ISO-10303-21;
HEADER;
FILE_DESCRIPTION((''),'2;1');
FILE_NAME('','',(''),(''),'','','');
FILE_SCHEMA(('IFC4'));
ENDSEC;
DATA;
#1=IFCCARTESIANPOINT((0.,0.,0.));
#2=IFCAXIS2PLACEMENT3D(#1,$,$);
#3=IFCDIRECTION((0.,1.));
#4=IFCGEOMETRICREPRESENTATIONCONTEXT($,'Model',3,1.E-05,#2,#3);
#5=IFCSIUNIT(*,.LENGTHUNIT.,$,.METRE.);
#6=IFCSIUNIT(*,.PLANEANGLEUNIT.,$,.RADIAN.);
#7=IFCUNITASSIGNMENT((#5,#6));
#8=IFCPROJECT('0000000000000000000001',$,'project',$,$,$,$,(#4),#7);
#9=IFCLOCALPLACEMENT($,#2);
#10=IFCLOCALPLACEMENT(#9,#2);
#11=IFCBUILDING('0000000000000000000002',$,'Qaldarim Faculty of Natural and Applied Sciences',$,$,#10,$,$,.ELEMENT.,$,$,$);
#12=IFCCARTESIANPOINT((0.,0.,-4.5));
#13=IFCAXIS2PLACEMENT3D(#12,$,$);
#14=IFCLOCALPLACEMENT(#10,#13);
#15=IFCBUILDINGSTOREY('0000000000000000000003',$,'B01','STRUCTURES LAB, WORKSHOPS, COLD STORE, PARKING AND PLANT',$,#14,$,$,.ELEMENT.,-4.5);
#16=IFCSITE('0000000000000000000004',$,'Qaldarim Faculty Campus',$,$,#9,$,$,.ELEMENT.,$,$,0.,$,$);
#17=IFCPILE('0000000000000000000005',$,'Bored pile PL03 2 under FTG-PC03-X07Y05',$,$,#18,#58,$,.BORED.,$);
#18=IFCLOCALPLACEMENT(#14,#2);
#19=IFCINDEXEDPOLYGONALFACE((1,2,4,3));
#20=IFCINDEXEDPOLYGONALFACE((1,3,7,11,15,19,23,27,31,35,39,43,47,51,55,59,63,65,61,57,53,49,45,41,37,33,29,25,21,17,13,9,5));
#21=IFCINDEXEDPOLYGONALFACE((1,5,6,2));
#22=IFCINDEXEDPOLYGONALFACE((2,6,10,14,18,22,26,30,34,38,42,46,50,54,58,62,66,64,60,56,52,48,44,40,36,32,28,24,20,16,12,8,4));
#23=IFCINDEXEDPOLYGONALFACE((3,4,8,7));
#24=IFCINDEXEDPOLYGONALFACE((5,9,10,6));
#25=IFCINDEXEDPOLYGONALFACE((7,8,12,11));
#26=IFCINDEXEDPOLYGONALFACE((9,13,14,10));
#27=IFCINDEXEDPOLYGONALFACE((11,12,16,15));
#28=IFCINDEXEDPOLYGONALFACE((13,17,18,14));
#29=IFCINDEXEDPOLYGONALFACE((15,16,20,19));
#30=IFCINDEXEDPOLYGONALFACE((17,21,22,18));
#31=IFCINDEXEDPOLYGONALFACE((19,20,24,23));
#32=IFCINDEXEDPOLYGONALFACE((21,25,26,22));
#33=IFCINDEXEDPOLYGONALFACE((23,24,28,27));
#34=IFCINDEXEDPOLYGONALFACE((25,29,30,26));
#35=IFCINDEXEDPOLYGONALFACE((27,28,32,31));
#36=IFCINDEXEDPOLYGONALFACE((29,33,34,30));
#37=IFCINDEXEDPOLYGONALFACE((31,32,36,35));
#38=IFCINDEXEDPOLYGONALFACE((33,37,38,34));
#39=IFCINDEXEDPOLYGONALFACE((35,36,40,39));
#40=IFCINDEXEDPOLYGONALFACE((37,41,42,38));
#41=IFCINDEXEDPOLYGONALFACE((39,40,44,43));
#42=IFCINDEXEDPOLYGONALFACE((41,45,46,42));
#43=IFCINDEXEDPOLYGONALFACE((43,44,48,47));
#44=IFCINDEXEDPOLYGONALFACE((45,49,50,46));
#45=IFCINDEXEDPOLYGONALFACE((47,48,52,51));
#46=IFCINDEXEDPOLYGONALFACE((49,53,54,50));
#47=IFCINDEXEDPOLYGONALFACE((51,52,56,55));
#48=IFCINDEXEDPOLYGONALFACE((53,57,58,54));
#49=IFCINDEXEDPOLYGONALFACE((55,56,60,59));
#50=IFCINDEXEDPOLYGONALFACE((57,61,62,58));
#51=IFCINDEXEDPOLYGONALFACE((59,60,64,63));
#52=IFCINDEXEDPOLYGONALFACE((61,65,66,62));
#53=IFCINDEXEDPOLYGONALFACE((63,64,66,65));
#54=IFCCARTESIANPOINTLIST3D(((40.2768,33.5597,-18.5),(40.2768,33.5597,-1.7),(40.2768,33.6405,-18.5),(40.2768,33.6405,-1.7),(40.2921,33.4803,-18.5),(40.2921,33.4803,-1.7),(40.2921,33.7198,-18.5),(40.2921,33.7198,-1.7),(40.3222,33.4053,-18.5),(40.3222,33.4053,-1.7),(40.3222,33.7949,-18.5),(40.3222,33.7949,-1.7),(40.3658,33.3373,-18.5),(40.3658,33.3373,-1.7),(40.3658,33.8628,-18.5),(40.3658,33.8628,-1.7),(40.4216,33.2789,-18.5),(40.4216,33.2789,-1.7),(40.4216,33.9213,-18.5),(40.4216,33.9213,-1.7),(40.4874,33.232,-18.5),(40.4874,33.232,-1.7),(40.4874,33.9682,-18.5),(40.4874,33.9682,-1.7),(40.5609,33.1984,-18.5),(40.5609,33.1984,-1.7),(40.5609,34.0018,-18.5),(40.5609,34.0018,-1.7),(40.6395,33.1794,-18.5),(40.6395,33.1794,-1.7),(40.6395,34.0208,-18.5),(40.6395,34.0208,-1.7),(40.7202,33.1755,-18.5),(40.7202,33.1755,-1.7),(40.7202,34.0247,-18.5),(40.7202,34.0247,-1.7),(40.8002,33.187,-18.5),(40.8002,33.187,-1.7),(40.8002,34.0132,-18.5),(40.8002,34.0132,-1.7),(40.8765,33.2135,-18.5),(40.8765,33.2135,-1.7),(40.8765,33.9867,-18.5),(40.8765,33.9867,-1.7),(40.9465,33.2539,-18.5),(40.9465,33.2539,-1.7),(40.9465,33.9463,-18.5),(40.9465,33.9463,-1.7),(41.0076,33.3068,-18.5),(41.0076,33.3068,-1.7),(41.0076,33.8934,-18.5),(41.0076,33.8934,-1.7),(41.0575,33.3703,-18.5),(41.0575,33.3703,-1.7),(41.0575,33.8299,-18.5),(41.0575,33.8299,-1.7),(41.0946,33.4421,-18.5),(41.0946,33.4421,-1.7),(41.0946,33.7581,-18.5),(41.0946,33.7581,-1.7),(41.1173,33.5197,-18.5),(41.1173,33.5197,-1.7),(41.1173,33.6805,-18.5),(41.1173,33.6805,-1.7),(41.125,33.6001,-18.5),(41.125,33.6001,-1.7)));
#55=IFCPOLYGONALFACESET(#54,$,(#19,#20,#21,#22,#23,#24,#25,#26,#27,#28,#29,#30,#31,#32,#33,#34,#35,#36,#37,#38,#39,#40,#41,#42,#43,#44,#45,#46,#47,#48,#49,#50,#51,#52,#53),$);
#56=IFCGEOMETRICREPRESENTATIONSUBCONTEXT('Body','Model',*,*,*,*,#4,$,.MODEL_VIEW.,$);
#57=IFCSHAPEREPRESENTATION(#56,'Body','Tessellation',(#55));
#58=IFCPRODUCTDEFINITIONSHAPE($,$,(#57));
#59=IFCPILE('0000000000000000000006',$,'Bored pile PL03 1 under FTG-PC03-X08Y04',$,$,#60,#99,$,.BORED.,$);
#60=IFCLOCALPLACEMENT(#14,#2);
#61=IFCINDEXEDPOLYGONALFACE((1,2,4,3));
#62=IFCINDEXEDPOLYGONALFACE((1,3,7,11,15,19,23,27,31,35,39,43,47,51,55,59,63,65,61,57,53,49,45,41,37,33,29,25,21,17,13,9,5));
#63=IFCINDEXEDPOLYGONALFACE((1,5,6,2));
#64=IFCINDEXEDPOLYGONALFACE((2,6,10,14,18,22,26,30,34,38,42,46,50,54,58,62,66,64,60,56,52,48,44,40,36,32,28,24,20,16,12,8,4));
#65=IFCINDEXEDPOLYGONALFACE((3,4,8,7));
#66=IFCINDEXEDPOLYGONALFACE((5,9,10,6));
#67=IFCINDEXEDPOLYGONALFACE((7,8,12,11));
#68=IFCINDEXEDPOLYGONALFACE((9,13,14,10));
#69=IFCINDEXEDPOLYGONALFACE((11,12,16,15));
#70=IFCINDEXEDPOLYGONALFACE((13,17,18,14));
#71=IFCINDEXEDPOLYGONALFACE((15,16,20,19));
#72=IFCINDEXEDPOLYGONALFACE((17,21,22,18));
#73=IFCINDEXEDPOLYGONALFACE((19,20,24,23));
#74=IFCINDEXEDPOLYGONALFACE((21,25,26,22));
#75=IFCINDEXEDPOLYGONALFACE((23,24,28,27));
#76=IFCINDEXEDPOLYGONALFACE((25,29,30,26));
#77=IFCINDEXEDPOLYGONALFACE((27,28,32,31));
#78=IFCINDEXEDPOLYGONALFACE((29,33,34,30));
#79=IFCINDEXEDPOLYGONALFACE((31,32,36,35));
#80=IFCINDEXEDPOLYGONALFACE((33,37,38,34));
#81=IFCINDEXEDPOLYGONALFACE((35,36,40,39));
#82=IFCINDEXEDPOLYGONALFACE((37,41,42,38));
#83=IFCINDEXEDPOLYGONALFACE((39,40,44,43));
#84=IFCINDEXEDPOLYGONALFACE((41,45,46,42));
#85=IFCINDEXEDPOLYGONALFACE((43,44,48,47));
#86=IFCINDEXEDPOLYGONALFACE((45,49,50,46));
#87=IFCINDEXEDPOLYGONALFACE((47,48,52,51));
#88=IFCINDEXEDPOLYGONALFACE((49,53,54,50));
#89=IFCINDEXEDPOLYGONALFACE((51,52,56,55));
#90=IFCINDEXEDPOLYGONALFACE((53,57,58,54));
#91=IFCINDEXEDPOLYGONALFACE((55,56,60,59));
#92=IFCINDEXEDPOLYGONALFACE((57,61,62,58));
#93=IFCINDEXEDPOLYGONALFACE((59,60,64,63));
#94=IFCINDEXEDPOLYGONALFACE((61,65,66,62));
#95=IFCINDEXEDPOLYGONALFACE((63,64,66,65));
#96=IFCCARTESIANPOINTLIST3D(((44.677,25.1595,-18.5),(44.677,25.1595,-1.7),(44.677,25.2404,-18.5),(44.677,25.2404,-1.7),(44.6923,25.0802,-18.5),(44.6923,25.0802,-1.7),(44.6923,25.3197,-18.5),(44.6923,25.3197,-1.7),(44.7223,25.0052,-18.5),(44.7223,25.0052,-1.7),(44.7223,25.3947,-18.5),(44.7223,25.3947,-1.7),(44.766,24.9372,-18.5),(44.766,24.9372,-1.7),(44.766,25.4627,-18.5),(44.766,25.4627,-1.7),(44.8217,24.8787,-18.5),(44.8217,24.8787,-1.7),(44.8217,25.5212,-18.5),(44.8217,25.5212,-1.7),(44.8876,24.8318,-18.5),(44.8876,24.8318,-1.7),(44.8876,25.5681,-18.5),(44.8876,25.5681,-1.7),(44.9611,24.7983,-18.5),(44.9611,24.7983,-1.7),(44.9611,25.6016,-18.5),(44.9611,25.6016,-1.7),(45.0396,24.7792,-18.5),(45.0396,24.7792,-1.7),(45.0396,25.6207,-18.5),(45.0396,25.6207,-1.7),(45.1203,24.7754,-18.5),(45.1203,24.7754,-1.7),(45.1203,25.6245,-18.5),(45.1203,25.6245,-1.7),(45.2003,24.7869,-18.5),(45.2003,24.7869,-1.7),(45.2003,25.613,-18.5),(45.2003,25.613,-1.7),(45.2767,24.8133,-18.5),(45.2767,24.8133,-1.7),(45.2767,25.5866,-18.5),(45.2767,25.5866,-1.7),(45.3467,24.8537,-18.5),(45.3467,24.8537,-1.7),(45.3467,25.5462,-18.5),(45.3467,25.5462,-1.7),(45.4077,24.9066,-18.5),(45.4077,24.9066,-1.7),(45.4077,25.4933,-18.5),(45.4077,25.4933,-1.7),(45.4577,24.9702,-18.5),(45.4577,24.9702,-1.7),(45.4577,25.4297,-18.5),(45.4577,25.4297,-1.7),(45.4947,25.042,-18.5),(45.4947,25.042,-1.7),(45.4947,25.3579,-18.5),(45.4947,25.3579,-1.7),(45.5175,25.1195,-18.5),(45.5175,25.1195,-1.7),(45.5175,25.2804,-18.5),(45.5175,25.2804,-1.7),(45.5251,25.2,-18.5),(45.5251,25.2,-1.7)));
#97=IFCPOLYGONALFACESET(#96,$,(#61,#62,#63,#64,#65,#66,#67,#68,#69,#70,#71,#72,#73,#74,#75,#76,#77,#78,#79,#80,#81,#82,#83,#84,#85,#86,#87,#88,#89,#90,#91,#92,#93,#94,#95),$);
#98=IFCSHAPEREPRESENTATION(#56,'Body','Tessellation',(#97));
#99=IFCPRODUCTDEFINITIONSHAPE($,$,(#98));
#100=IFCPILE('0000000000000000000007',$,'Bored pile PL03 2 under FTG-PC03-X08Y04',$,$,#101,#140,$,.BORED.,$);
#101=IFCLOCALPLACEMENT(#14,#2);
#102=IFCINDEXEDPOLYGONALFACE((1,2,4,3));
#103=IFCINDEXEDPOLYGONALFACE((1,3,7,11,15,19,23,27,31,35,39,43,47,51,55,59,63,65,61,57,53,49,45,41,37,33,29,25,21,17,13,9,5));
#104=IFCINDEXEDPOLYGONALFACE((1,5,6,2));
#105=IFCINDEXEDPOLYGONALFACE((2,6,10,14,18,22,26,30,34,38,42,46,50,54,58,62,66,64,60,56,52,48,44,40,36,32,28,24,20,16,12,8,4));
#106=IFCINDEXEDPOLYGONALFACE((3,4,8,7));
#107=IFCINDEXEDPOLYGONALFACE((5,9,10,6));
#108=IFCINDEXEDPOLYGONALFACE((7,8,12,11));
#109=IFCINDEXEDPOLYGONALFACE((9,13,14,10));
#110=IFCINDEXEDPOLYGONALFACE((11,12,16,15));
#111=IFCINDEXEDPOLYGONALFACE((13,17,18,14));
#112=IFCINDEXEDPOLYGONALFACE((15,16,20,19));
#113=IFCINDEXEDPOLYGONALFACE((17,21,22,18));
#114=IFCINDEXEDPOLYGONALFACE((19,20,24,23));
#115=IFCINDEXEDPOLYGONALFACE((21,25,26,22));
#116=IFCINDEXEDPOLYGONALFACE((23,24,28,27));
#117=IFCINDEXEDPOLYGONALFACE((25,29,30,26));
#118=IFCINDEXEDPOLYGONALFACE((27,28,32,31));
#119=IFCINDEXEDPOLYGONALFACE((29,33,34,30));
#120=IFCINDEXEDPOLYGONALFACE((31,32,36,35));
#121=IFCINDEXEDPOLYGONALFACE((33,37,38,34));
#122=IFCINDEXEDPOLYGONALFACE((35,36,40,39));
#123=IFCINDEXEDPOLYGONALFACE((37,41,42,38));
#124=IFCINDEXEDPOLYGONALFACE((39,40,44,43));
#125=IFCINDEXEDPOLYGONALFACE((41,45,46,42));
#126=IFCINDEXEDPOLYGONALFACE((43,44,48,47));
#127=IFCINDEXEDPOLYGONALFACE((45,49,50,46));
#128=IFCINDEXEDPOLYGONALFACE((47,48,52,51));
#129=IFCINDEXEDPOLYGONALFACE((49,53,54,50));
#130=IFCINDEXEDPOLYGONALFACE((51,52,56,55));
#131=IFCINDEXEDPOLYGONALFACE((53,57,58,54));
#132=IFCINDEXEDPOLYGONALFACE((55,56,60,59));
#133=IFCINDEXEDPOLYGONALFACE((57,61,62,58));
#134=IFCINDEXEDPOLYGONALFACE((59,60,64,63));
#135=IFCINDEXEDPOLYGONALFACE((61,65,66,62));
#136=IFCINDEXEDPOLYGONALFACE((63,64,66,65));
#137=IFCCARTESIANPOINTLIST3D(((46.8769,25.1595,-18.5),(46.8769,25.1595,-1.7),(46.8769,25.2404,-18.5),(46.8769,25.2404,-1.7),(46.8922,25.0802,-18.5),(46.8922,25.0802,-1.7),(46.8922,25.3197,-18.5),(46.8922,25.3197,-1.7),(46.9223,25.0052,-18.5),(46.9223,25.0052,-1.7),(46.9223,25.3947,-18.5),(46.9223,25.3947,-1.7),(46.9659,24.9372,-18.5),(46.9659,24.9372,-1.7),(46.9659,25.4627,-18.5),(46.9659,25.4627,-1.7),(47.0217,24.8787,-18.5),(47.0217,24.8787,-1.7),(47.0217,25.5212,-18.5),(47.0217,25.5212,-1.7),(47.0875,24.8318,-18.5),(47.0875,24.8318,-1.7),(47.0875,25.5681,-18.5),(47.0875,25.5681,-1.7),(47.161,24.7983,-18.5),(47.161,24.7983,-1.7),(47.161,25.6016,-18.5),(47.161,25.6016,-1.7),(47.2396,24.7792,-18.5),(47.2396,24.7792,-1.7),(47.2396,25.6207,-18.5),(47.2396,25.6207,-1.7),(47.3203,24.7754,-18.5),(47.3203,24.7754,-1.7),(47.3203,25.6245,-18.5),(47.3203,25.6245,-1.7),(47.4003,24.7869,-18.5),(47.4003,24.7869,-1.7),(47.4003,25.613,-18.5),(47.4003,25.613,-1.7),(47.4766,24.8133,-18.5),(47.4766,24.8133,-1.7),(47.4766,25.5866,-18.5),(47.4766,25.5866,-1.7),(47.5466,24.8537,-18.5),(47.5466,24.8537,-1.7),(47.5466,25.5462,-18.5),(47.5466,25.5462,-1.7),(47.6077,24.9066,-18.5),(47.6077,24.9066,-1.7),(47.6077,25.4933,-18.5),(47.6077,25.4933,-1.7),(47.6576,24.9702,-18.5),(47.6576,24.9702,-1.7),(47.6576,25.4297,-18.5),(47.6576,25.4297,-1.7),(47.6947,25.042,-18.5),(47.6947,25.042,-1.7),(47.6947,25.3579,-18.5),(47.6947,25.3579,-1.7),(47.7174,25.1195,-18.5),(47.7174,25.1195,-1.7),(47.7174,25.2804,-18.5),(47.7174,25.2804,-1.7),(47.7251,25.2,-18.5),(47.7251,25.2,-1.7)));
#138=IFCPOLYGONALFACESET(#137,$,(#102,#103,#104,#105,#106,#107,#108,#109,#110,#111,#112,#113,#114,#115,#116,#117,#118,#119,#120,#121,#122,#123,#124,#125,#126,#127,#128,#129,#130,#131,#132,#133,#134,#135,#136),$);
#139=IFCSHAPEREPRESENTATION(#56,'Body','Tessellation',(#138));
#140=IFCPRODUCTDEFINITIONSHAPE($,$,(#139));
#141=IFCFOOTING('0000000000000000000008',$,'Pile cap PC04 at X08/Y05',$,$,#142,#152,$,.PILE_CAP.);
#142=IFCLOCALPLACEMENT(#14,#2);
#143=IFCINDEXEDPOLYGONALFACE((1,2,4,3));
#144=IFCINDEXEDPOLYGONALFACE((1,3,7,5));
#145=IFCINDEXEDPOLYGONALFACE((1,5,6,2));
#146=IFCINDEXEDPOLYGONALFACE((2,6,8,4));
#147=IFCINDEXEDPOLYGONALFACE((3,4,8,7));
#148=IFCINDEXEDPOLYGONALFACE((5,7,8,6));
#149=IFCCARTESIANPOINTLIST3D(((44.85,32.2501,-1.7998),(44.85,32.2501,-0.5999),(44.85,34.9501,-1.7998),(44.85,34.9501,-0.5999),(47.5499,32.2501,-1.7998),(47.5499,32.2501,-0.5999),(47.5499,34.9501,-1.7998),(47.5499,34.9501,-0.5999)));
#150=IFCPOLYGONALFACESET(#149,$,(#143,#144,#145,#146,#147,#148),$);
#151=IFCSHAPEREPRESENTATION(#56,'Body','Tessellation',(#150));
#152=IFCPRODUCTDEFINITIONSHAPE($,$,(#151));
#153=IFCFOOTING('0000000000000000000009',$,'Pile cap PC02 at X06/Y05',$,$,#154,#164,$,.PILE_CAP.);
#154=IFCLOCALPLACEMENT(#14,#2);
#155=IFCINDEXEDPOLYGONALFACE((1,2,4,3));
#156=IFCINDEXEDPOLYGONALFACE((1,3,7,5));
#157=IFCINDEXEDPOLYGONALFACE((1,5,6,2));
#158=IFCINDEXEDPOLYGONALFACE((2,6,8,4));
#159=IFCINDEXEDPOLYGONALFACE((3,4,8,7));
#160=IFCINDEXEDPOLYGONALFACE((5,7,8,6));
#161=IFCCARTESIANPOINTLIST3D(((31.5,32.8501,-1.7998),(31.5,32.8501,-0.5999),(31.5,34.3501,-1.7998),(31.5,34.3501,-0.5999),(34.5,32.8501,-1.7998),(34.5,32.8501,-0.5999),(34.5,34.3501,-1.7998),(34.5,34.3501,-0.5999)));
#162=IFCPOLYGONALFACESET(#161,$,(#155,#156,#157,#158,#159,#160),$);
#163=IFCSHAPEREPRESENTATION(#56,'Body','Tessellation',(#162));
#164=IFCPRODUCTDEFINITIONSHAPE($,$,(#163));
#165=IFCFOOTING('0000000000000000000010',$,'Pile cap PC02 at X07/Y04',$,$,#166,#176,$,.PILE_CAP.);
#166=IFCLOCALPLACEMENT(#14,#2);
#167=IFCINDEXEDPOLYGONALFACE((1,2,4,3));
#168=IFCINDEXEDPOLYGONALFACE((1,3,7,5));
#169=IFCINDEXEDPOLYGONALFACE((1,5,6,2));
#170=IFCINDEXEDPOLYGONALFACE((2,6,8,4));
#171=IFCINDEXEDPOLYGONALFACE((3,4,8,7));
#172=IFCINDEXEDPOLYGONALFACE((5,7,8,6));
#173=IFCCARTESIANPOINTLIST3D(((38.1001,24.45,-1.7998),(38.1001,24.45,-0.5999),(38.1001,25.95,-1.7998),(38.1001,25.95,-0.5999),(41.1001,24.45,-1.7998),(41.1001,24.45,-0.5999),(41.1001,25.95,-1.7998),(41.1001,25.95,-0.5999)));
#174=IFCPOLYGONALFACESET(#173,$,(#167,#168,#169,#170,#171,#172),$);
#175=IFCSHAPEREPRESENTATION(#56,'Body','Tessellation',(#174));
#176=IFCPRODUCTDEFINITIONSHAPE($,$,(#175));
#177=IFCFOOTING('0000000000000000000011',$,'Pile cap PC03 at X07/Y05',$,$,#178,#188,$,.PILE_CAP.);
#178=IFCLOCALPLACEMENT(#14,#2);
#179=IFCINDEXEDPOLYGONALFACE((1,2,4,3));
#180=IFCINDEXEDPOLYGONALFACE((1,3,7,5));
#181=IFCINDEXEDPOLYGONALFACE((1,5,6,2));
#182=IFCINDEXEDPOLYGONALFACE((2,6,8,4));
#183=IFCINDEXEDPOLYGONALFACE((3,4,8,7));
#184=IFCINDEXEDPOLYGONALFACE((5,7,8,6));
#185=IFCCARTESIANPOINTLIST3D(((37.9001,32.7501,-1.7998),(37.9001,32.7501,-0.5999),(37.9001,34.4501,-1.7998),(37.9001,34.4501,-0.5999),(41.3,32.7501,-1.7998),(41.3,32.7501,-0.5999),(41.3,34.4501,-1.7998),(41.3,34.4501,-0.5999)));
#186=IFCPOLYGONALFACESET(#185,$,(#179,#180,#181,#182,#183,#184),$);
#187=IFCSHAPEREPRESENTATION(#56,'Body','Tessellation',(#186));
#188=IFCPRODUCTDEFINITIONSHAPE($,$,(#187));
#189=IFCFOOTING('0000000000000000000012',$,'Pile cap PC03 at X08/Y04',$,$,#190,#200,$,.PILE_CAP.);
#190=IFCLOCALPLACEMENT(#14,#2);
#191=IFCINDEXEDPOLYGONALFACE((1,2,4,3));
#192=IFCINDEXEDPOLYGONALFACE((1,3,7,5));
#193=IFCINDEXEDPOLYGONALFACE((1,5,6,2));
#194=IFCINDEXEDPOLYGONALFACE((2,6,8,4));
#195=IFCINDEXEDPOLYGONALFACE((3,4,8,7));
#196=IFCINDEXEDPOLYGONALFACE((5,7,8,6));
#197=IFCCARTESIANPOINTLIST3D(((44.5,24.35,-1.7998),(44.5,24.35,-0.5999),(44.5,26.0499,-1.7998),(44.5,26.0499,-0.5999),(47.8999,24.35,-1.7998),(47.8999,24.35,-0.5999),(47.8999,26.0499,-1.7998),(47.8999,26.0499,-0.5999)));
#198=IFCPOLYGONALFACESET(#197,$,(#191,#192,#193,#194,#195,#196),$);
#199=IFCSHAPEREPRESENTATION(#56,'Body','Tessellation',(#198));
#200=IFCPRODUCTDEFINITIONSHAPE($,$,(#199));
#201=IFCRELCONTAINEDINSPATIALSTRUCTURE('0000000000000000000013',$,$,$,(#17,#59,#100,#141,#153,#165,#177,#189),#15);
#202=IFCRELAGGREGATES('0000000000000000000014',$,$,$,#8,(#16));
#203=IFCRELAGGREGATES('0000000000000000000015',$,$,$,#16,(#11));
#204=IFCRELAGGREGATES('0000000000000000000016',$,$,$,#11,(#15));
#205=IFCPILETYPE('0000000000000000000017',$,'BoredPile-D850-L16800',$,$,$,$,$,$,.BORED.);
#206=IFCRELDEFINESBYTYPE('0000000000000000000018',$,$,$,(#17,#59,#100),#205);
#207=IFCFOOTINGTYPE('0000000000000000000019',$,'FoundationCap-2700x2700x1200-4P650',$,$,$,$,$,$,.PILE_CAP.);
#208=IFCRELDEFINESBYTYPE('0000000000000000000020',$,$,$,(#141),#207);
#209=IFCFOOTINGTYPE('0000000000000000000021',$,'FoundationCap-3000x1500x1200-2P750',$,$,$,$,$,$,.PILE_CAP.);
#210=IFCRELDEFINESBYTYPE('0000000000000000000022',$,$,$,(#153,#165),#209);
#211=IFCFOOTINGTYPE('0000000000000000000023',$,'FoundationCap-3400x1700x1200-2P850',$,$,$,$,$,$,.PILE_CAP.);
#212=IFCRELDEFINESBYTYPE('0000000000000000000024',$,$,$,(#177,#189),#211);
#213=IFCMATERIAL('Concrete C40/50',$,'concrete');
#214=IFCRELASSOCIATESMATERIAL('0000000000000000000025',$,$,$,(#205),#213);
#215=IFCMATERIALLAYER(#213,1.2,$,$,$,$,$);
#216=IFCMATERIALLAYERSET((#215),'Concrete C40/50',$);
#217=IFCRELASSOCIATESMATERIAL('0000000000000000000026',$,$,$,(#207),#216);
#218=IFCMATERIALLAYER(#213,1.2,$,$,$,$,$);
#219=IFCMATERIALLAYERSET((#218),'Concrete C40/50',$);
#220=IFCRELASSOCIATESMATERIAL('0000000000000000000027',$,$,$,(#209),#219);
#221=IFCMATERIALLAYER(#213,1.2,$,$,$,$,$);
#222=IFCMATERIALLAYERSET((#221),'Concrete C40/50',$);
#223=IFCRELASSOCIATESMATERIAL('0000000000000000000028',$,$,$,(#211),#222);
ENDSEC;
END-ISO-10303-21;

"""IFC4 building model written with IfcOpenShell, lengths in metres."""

from ifc_helpers import new_model, si_unit, direction, frame, origin, origin_2d, place, context, subcontext, project, spatial, rectangle, circle, extrude, material, layer, layer_set, material_profile, profile_set, type_object, element, save


model = new_model("IFC4")

# Units and contexts
model_context = context("Model", 3, precision=1e-05, world=origin(), true_north=direction((0.0, 1.0)))
body_context = subcontext(model_context, "Body", "Model", "MODEL_VIEW")
ifc_project = project(units=[si_unit("LENGTHUNIT", "METRE"), si_unit("PLANEANGLEUNIT", "RADIAN")], contexts=[model_context])

# Site, building, storey
site_placement = place(None, origin())
site = spatial("IfcSite", under=ifc_project, at=site_placement, Name="Qaldarim Faculty Campus", CompositionType="ELEMENT", RefElevation=0.0)
building_placement = place(site_placement, origin())
building = spatial("IfcBuilding", under=site, at=building_placement, Name="Qaldarim Faculty of Natural and Applied Sciences", CompositionType="ELEMENT")
storey_placement = place(building_placement, frame((0.0, 0.0, -4.5)))
storey = spatial("IfcBuildingStorey", under=building, at=storey_placement, Name="B01", Description="STRUCTURES LAB, WORKSHOPS, COLD STORE, PARKING AND PLANT", CompositionType="ELEMENT", Elevation=-4.5)

# Piles
ifc_material_1 = material(Name="Concrete C40/50", Category="concrete")
ifc_material_profile_1 = material_profile(ifc_material_1, circle(Radius=0.425, at=origin_2d()), Name="PILE-D850")
ifc_profile_set_1 = profile_set([ifc_material_profile_1], Name="Concrete C40/50")
pile_type_1 = type_object("IfcPileType", Name="BoredPile-D850-L16800", PredefinedType="BORED", material=ifc_profile_set_1)
for number, where, z_axis, x_axis, name in (
    (1, (40.7, 33.6001, -1.7), (0.0, 0.0, -1.0), (1.0, 0.0, 0.0), "Bored pile PL03 2 under FTG-PC03-X07Y05"),
    (2, (45.1001, 25.2, -1.7), (0.0, 0.0, -1.0), (1.0, 0.0, 0.0), "Bored pile PL03 1 under FTG-PC03-X08Y04"),
    (3, (47.3, 25.2, -1.7), (0.0, 0.0, -1.0), (1.0, 0.0, 0.0), "Bored pile PL03 2 under FTG-PC03-X08Y04"),
):
    element("IfcPile", number, at=place(storey_placement, frame(where, z_axis=z_axis, x_axis=x_axis)), inside=storey, type_object=pile_type_1, Name=name, PredefinedType="BORED", context=body_context, shape_type="SweptSolid", body=[
        extrude(circle(Radius=0.425, at=origin_2d()), origin(), (0.0, 0.0, 1.0), 16.8),
    ])

# Footings
ifc_layer_1 = layer(ifc_material_1, 1.2)
ifc_layer_set_1 = layer_set([ifc_layer_1], Name="Concrete C40/50")
footing_type_1 = type_object("IfcFootingType", Name="FoundationCap-2700x2700x1200-4P650", PredefinedType="PILE_CAP", material=ifc_layer_set_1)
footing_1_placement = place(storey_placement, frame((46.2, 33.6001, -1.7998), z_axis=(0.0, 0.0, 1.0), x_axis=(1.0, 0.0, 0.0)))
element("IfcFooting", 4, at=footing_1_placement, inside=storey, type_object=footing_type_1, Name="Pile cap PC04 at X08/Y05", PredefinedType="PILE_CAP", context=body_context, shape_type="SweptSolid", body=[
    extrude(rectangle(XDim=2.7, YDim=2.7, at=origin_2d()), origin(), (0.0, 0.0, 1.0), 1.2),
])
ifc_layer_2 = layer(ifc_material_1, 1.2)
ifc_layer_set_2 = layer_set([ifc_layer_2], Name="Concrete C40/50")
footing_type_2 = type_object("IfcFootingType", Name="FoundationCap-3000x1500x1200-2P750", PredefinedType="PILE_CAP", material=ifc_layer_set_2)
for number, where, z_axis, x_axis, name in (
    (5, (33.0, 33.6001, -1.7998), (0.0, 0.0, 1.0), (1.0, 0.0, 0.0), "Pile cap PC02 at X06/Y05"),
    (6, (39.6001, 25.2, -1.7998), (0.0, 0.0, 1.0), (1.0, 0.0, 0.0), "Pile cap PC02 at X07/Y04"),
):
    element("IfcFooting", number, at=place(storey_placement, frame(where, z_axis=z_axis, x_axis=x_axis)), inside=storey, type_object=footing_type_2, Name=name, PredefinedType="PILE_CAP", context=body_context, shape_type="SweptSolid", body=[
        extrude(rectangle(XDim=3.0, YDim=1.5, at=origin_2d()), origin(), (0.0, 0.0, 1.0), 1.2),
    ])
ifc_layer_3 = layer(ifc_material_1, 1.2)
ifc_layer_set_3 = layer_set([ifc_layer_3], Name="Concrete C40/50")
footing_type_3 = type_object("IfcFootingType", Name="FoundationCap-3400x1700x1200-2P850", PredefinedType="PILE_CAP", material=ifc_layer_set_3)
for number, where, z_axis, x_axis, name in (
    (7, (39.6001, 33.6001, -1.7998), (0.0, 0.0, 1.0), (1.0, 0.0, 0.0), "Pile cap PC03 at X07/Y05"),
    (8, (46.2, 25.2, -1.7998), (0.0, 0.0, 1.0), (1.0, 0.0, 0.0), "Pile cap PC03 at X08/Y04"),
):
    element("IfcFooting", number, at=place(storey_placement, frame(where, z_axis=z_axis, x_axis=x_axis)), inside=storey, type_object=footing_type_3, Name=name, PredefinedType="PILE_CAP", context=body_context, shape_type="SweptSolid", body=[
        extrude(rectangle(XDim=3.3999, YDim=1.7, at=origin_2d()), origin(), (0.0, 0.0, 1.0), 1.2),
    ])

save(model, "model.ifc")
